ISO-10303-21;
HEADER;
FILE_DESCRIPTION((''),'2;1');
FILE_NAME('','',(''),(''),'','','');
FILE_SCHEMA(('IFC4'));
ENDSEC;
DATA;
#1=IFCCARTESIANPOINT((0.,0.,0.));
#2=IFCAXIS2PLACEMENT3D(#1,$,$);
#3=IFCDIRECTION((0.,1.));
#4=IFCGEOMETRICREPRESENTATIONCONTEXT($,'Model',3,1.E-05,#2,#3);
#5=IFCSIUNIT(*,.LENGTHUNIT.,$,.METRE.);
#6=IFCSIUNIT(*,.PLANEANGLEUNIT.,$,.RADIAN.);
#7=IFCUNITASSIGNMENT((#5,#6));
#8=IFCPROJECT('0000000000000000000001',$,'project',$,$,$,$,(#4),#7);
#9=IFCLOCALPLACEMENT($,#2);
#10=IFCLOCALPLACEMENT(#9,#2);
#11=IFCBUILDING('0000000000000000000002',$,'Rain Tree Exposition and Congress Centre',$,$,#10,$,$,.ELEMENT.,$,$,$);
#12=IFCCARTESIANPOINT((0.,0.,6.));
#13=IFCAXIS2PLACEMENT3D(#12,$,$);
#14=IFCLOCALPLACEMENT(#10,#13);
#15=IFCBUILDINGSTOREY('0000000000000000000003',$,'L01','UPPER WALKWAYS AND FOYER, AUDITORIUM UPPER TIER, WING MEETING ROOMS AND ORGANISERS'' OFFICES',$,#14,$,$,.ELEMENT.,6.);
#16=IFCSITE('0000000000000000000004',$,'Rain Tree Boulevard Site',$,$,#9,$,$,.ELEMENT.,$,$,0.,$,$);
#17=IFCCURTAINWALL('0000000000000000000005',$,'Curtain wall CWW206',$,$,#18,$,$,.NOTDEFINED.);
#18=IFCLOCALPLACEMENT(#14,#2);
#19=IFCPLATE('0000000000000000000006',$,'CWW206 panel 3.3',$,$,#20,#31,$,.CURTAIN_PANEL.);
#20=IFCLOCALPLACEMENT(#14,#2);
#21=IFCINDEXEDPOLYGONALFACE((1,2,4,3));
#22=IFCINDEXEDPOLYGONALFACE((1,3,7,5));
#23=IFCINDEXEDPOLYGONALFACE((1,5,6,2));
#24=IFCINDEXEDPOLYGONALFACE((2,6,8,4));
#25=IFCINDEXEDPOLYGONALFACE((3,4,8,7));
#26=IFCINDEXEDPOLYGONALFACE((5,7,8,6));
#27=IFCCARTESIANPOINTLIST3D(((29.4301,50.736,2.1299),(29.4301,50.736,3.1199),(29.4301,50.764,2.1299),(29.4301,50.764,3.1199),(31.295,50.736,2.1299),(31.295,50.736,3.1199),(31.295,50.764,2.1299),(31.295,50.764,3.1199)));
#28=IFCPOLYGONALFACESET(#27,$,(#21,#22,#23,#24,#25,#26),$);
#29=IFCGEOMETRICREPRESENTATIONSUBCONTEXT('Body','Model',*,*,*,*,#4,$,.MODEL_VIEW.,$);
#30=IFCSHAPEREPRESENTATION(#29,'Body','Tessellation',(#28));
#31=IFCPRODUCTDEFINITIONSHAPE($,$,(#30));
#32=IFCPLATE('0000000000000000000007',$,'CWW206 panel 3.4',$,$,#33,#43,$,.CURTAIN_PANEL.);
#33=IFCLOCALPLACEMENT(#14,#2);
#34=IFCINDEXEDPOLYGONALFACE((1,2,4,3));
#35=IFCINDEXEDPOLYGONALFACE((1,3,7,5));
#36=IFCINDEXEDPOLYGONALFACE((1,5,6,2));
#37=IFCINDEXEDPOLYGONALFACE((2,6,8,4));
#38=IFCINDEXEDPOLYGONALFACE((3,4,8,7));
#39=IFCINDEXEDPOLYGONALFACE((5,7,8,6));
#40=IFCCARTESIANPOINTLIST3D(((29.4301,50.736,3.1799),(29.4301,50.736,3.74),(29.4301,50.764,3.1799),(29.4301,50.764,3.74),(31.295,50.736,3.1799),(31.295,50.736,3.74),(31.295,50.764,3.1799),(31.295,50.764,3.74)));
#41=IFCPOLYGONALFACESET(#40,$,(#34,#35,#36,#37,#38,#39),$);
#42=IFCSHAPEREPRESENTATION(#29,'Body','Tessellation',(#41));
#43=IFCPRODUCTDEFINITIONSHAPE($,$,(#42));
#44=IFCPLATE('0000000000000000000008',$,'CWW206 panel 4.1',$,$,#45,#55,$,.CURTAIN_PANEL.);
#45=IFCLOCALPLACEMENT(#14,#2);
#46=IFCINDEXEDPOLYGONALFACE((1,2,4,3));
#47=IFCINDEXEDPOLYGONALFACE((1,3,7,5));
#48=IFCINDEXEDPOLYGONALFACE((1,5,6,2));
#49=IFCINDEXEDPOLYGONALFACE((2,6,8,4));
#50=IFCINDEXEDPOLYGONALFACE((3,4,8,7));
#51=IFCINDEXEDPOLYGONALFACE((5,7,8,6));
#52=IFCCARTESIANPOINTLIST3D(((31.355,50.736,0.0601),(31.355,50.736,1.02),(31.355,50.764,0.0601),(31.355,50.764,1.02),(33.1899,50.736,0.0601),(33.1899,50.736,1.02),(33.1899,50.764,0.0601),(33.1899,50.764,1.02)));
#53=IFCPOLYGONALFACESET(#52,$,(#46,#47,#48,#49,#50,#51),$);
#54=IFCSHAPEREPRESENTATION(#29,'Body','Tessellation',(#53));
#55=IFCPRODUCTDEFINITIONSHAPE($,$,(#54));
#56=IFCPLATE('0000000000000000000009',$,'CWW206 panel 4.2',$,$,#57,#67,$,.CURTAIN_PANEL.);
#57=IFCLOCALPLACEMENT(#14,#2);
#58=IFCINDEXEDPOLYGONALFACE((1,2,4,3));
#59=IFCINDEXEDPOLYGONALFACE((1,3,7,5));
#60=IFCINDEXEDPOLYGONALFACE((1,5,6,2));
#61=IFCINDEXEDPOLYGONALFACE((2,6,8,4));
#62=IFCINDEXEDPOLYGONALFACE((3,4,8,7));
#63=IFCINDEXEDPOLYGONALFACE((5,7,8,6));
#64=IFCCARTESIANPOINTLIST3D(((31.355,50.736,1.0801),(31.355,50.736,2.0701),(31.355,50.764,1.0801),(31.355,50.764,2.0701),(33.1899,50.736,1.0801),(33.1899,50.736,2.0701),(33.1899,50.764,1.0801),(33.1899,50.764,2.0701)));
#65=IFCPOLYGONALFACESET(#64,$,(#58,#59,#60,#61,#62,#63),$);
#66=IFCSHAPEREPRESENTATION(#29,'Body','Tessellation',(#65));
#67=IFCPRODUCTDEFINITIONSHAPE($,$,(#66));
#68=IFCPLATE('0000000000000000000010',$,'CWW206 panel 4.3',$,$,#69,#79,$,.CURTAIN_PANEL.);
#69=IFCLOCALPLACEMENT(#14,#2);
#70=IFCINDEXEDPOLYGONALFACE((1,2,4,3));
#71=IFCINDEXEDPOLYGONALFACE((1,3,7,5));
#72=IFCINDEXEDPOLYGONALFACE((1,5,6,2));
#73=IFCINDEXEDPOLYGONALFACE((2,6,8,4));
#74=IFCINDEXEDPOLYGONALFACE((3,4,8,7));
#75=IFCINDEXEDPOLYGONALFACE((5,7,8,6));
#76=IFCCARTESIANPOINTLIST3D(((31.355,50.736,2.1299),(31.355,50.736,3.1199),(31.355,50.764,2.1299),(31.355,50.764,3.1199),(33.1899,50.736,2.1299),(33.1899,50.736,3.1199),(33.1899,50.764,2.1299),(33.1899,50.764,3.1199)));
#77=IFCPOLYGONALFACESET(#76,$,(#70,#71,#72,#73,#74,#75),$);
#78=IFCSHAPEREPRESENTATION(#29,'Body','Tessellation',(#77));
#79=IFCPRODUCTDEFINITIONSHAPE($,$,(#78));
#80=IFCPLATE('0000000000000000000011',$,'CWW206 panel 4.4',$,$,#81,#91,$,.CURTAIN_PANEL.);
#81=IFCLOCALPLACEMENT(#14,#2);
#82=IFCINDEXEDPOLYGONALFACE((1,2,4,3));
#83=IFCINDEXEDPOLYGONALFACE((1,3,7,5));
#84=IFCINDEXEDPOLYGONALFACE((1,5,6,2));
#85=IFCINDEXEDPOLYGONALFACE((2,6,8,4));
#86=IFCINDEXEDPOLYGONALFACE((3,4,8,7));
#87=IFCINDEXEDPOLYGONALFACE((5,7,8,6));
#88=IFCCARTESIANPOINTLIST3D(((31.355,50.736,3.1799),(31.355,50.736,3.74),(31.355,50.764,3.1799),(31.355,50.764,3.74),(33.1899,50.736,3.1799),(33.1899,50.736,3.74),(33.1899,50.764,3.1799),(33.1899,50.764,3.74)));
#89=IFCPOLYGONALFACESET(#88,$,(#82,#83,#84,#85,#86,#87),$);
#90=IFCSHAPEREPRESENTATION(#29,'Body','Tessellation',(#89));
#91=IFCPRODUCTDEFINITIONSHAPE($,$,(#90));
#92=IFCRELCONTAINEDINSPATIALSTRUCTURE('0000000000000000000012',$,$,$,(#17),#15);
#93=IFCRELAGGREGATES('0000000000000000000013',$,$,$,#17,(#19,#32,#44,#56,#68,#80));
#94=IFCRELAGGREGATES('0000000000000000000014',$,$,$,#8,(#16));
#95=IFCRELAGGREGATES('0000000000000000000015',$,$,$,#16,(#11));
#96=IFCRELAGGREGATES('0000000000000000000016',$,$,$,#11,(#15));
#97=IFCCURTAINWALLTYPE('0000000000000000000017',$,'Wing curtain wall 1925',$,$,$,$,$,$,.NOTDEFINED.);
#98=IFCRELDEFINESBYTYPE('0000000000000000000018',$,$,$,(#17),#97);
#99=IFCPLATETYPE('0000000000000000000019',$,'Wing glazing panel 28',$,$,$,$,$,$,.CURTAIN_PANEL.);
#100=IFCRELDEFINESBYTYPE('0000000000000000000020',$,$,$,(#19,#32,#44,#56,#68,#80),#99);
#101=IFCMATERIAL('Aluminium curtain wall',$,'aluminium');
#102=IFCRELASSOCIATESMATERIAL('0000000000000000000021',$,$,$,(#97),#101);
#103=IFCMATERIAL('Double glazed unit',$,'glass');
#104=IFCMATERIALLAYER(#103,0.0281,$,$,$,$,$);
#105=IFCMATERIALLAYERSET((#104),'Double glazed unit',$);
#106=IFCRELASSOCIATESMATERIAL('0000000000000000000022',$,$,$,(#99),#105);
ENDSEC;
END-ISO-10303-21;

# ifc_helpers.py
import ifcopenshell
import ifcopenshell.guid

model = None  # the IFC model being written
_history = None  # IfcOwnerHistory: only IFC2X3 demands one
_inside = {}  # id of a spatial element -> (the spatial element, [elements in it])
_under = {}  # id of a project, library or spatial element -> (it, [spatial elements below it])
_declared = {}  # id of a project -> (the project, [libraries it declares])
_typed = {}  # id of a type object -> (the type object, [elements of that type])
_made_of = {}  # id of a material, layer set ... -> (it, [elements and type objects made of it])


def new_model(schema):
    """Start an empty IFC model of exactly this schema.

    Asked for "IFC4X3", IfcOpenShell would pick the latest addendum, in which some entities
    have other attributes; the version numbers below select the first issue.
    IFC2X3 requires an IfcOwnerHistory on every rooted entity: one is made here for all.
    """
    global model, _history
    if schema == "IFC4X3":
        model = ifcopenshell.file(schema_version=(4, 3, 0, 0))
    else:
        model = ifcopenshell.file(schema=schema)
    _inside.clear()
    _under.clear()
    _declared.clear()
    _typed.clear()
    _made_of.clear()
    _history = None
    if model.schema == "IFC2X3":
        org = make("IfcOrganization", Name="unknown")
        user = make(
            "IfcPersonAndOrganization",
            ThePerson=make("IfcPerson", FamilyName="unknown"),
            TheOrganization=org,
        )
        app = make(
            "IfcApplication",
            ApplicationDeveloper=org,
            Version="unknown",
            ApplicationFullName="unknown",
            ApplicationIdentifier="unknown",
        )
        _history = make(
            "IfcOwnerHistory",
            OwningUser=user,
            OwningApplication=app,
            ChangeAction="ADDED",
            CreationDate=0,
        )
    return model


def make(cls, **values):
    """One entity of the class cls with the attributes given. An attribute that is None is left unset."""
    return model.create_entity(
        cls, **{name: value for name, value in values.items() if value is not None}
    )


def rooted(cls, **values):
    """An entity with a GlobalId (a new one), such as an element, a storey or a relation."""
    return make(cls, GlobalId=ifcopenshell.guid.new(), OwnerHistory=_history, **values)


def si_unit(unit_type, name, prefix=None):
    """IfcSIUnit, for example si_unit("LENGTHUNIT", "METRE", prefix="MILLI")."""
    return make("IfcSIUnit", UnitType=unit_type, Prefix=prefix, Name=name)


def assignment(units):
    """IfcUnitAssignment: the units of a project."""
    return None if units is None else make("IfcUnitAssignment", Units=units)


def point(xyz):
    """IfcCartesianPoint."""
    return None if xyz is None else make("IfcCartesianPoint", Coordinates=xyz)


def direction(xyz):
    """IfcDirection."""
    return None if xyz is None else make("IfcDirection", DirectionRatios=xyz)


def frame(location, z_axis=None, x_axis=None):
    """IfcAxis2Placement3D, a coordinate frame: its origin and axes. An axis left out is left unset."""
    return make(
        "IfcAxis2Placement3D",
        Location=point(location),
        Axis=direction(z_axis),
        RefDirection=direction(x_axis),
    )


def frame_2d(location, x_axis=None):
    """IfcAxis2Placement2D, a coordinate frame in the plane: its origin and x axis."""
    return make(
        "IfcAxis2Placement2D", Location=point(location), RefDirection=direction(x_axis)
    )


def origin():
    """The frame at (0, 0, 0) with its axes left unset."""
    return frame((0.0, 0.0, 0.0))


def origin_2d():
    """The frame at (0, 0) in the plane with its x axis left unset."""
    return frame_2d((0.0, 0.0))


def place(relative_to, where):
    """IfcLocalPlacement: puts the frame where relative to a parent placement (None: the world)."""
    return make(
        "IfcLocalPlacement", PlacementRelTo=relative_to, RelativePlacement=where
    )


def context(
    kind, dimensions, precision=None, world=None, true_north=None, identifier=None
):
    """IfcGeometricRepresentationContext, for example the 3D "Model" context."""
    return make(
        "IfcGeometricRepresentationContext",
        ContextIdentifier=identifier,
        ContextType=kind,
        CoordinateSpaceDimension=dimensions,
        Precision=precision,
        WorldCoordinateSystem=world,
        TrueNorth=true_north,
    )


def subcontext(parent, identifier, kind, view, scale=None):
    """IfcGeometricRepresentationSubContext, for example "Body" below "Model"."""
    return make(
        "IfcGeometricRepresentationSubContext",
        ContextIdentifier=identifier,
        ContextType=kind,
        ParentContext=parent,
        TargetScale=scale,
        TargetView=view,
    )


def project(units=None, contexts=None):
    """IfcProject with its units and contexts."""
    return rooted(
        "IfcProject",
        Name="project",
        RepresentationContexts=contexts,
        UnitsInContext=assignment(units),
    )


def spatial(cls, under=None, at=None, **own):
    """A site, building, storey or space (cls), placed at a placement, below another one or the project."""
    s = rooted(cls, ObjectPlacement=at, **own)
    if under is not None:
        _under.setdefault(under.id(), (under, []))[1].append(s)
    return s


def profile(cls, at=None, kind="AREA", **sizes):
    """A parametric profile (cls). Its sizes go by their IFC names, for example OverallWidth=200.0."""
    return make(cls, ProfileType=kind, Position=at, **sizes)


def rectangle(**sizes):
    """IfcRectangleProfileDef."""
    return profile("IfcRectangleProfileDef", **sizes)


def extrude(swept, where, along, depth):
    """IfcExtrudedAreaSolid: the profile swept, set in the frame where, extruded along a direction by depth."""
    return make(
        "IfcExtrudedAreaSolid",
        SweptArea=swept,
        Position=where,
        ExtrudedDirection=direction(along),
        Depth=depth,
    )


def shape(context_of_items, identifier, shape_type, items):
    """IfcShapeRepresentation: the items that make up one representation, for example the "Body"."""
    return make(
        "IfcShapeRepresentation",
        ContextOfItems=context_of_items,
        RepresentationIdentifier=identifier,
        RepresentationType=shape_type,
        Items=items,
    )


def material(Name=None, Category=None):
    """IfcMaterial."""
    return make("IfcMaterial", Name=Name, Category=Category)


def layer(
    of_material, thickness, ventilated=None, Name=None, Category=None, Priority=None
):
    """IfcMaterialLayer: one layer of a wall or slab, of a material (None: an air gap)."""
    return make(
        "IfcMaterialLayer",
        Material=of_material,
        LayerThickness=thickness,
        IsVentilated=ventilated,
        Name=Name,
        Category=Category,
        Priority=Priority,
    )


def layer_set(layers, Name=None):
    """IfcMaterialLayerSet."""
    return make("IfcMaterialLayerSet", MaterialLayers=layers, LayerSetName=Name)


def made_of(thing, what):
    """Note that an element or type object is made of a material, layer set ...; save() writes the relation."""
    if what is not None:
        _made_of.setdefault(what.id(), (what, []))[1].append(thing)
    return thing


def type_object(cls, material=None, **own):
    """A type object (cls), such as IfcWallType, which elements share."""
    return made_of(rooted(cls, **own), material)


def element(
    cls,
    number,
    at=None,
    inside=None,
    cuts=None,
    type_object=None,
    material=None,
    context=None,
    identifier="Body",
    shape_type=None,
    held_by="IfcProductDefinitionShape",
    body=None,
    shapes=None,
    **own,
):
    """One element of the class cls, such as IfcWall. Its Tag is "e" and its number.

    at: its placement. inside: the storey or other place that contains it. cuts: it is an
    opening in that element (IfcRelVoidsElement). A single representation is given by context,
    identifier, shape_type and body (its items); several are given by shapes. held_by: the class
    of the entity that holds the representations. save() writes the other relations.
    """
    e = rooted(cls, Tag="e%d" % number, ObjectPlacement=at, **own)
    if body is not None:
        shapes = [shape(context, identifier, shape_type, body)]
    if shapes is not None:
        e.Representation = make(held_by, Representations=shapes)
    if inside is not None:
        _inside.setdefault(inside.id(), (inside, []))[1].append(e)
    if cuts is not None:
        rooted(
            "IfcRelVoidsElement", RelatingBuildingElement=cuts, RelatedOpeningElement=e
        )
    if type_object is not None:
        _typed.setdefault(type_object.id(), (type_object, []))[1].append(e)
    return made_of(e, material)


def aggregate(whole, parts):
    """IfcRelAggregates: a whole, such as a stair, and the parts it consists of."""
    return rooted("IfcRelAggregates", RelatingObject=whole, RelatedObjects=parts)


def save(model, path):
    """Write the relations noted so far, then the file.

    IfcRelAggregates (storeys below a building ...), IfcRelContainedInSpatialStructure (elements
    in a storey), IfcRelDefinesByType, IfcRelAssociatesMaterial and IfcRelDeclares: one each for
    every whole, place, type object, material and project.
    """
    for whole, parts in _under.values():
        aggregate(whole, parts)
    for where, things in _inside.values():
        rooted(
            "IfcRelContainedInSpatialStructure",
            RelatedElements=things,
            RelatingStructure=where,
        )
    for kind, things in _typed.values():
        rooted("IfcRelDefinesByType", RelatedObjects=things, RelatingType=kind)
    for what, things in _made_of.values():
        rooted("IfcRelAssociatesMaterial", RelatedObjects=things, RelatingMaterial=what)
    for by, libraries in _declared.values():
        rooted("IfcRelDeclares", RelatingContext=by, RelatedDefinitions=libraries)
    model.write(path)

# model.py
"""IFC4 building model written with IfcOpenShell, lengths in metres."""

from ifc_helpers import new_model, si_unit, direction, frame, origin, origin_2d, place, context, subcontext, project, spatial, rectangle, extrude, material, layer, layer_set, type_object, element, aggregate, save


model = new_model("IFC4")

# Units and contexts
model_context = context("Model", 3, precision=1e-05, world=origin(), true_north=direction((0.0, 1.0)))
body_context = subcontext(model_context, "Body", "Model", "MODEL_VIEW")
ifc_project = project(units=[si_unit("LENGTHUNIT", "METRE"), si_unit("PLANEANGLEUNIT", "RADIAN")], contexts=[model_context])

# Site, building, storey
site_placement = place(None, origin())
site = spatial("IfcSite", under=ifc_project, at=site_placement, Name="Rain Tree Boulevard Site", CompositionType="ELEMENT", RefElevation=0.0)
building_placement = place(site_placement, origin())
building = spatial("IfcBuilding", under=site, at=building_placement, Name="Rain Tree Exposition and Congress Centre", CompositionType="ELEMENT")
storey_placement = place(building_placement, frame((0.0, 0.0, 6.0)))
storey = spatial("IfcBuildingStorey", under=building, at=storey_placement, Name="L01", Description="UPPER WALKWAYS AND FOYER, AUDITORIUM UPPER TIER, WING MEETING ROOMS AND ORGANISERS' OFFICES", CompositionType="ELEMENT", Elevation=6.0)

# Curtain wall
ifc_material_1 = material(Name="Aluminium curtain wall", Category="aluminium")
curtain_wall_type = type_object("IfcCurtainWallType", Name="Wing curtain wall 1925", PredefinedType="NOTDEFINED", material=ifc_material_1)
curtain_wall_1_placement = place(storey_placement, origin())
curtain_wall_1 = element("IfcCurtainWall", 1, at=curtain_wall_1_placement, inside=storey, type_object=curtain_wall_type, Name="Curtain wall CWW206", PredefinedType="NOTDEFINED")

# Plates
ifc_material_2 = material(Name="Double glazed unit", Category="glass")
ifc_layer = layer(ifc_material_2, 0.0281)
ifc_layer_set = layer_set([ifc_layer], Name="Double glazed unit")
plate_type = type_object("IfcPlateType", Name="Wing glazing panel 28", PredefinedType="CURTAIN_PANEL", material=ifc_layer_set)
plate_1_placement = place(storey_placement, frame((30.3625, 50.75, 2.1299), z_axis=(0.0, 0.0, 1.0), x_axis=(1.0, 0.0, 0.0)))
plate_1 = element("IfcPlate", 2, at=plate_1_placement, type_object=plate_type, Name="CWW206 panel 3.3", PredefinedType="CURTAIN_PANEL", context=body_context, shape_type="SweptSolid", body=[
    extrude(rectangle(XDim=1.865, YDim=0.0281, at=origin_2d()), origin(), (0.0, 0.0, 1.0), 0.99),
])
plate_2_placement = place(storey_placement, frame((30.3625, 50.75, 3.1799), z_axis=(0.0, 0.0, 1.0), x_axis=(1.0, 0.0, 0.0)))
plate_2 = element("IfcPlate", 3, at=plate_2_placement, type_object=plate_type, Name="CWW206 panel 3.4", PredefinedType="CURTAIN_PANEL", context=body_context, shape_type="SweptSolid", body=[
    extrude(rectangle(XDim=1.865, YDim=0.0281, at=origin_2d()), origin(), (0.0, 0.0, 1.0), 0.5601),
])
plate_3_placement = place(storey_placement, frame((32.2725, 50.75, 0.0601), z_axis=(0.0, 0.0, 1.0), x_axis=(1.0, 0.0, 0.0)))
plate_3 = element("IfcPlate", 4, at=plate_3_placement, type_object=plate_type, Name="CWW206 panel 4.1", PredefinedType="CURTAIN_PANEL", context=body_context, shape_type="SweptSolid", body=[
    extrude(rectangle(XDim=1.835, YDim=0.0281, at=origin_2d()), origin(), (0.0, 0.0, 1.0), 0.96),
])
plate_4_placement = place(storey_placement, frame((32.2725, 50.75, 1.0801), z_axis=(0.0, 0.0, 1.0), x_axis=(1.0, 0.0, 0.0)))
plate_4 = element("IfcPlate", 5, at=plate_4_placement, type_object=plate_type, Name="CWW206 panel 4.2", PredefinedType="CURTAIN_PANEL", context=body_context, shape_type="SweptSolid", body=[
    extrude(rectangle(XDim=1.835, YDim=0.0281, at=origin_2d()), origin(), (0.0, 0.0, 1.0), 0.99),
])
plate_5_placement = place(storey_placement, frame((32.2725, 50.75, 2.1299), z_axis=(0.0, 0.0, 1.0), x_axis=(1.0, 0.0, 0.0)))
plate_5 = element("IfcPlate", 6, at=plate_5_placement, type_object=plate_type, Name="CWW206 panel 4.3", PredefinedType="CURTAIN_PANEL", context=body_context, shape_type="SweptSolid", body=[
    extrude(rectangle(XDim=1.835, YDim=0.0281, at=origin_2d()), origin(), (0.0, 0.0, 1.0), 0.99),
])
plate_6_placement = place(storey_placement, frame((32.2725, 50.75, 3.1799), z_axis=(0.0, 0.0, 1.0), x_axis=(1.0, 0.0, 0.0)))
plate_6 = element("IfcPlate", 7, at=plate_6_placement, type_object=plate_type, Name="CWW206 panel 4.4", PredefinedType="CURTAIN_PANEL", context=body_context, shape_type="SweptSolid", body=[
    extrude(rectangle(XDim=1.835, YDim=0.0281, at=origin_2d()), origin(), (0.0, 0.0, 1.0), 0.5601),
])
aggregate(curtain_wall_1, [plate_1, plate_2, plate_3, plate_4, plate_5, plate_6])

save(model, "model.ifc")
